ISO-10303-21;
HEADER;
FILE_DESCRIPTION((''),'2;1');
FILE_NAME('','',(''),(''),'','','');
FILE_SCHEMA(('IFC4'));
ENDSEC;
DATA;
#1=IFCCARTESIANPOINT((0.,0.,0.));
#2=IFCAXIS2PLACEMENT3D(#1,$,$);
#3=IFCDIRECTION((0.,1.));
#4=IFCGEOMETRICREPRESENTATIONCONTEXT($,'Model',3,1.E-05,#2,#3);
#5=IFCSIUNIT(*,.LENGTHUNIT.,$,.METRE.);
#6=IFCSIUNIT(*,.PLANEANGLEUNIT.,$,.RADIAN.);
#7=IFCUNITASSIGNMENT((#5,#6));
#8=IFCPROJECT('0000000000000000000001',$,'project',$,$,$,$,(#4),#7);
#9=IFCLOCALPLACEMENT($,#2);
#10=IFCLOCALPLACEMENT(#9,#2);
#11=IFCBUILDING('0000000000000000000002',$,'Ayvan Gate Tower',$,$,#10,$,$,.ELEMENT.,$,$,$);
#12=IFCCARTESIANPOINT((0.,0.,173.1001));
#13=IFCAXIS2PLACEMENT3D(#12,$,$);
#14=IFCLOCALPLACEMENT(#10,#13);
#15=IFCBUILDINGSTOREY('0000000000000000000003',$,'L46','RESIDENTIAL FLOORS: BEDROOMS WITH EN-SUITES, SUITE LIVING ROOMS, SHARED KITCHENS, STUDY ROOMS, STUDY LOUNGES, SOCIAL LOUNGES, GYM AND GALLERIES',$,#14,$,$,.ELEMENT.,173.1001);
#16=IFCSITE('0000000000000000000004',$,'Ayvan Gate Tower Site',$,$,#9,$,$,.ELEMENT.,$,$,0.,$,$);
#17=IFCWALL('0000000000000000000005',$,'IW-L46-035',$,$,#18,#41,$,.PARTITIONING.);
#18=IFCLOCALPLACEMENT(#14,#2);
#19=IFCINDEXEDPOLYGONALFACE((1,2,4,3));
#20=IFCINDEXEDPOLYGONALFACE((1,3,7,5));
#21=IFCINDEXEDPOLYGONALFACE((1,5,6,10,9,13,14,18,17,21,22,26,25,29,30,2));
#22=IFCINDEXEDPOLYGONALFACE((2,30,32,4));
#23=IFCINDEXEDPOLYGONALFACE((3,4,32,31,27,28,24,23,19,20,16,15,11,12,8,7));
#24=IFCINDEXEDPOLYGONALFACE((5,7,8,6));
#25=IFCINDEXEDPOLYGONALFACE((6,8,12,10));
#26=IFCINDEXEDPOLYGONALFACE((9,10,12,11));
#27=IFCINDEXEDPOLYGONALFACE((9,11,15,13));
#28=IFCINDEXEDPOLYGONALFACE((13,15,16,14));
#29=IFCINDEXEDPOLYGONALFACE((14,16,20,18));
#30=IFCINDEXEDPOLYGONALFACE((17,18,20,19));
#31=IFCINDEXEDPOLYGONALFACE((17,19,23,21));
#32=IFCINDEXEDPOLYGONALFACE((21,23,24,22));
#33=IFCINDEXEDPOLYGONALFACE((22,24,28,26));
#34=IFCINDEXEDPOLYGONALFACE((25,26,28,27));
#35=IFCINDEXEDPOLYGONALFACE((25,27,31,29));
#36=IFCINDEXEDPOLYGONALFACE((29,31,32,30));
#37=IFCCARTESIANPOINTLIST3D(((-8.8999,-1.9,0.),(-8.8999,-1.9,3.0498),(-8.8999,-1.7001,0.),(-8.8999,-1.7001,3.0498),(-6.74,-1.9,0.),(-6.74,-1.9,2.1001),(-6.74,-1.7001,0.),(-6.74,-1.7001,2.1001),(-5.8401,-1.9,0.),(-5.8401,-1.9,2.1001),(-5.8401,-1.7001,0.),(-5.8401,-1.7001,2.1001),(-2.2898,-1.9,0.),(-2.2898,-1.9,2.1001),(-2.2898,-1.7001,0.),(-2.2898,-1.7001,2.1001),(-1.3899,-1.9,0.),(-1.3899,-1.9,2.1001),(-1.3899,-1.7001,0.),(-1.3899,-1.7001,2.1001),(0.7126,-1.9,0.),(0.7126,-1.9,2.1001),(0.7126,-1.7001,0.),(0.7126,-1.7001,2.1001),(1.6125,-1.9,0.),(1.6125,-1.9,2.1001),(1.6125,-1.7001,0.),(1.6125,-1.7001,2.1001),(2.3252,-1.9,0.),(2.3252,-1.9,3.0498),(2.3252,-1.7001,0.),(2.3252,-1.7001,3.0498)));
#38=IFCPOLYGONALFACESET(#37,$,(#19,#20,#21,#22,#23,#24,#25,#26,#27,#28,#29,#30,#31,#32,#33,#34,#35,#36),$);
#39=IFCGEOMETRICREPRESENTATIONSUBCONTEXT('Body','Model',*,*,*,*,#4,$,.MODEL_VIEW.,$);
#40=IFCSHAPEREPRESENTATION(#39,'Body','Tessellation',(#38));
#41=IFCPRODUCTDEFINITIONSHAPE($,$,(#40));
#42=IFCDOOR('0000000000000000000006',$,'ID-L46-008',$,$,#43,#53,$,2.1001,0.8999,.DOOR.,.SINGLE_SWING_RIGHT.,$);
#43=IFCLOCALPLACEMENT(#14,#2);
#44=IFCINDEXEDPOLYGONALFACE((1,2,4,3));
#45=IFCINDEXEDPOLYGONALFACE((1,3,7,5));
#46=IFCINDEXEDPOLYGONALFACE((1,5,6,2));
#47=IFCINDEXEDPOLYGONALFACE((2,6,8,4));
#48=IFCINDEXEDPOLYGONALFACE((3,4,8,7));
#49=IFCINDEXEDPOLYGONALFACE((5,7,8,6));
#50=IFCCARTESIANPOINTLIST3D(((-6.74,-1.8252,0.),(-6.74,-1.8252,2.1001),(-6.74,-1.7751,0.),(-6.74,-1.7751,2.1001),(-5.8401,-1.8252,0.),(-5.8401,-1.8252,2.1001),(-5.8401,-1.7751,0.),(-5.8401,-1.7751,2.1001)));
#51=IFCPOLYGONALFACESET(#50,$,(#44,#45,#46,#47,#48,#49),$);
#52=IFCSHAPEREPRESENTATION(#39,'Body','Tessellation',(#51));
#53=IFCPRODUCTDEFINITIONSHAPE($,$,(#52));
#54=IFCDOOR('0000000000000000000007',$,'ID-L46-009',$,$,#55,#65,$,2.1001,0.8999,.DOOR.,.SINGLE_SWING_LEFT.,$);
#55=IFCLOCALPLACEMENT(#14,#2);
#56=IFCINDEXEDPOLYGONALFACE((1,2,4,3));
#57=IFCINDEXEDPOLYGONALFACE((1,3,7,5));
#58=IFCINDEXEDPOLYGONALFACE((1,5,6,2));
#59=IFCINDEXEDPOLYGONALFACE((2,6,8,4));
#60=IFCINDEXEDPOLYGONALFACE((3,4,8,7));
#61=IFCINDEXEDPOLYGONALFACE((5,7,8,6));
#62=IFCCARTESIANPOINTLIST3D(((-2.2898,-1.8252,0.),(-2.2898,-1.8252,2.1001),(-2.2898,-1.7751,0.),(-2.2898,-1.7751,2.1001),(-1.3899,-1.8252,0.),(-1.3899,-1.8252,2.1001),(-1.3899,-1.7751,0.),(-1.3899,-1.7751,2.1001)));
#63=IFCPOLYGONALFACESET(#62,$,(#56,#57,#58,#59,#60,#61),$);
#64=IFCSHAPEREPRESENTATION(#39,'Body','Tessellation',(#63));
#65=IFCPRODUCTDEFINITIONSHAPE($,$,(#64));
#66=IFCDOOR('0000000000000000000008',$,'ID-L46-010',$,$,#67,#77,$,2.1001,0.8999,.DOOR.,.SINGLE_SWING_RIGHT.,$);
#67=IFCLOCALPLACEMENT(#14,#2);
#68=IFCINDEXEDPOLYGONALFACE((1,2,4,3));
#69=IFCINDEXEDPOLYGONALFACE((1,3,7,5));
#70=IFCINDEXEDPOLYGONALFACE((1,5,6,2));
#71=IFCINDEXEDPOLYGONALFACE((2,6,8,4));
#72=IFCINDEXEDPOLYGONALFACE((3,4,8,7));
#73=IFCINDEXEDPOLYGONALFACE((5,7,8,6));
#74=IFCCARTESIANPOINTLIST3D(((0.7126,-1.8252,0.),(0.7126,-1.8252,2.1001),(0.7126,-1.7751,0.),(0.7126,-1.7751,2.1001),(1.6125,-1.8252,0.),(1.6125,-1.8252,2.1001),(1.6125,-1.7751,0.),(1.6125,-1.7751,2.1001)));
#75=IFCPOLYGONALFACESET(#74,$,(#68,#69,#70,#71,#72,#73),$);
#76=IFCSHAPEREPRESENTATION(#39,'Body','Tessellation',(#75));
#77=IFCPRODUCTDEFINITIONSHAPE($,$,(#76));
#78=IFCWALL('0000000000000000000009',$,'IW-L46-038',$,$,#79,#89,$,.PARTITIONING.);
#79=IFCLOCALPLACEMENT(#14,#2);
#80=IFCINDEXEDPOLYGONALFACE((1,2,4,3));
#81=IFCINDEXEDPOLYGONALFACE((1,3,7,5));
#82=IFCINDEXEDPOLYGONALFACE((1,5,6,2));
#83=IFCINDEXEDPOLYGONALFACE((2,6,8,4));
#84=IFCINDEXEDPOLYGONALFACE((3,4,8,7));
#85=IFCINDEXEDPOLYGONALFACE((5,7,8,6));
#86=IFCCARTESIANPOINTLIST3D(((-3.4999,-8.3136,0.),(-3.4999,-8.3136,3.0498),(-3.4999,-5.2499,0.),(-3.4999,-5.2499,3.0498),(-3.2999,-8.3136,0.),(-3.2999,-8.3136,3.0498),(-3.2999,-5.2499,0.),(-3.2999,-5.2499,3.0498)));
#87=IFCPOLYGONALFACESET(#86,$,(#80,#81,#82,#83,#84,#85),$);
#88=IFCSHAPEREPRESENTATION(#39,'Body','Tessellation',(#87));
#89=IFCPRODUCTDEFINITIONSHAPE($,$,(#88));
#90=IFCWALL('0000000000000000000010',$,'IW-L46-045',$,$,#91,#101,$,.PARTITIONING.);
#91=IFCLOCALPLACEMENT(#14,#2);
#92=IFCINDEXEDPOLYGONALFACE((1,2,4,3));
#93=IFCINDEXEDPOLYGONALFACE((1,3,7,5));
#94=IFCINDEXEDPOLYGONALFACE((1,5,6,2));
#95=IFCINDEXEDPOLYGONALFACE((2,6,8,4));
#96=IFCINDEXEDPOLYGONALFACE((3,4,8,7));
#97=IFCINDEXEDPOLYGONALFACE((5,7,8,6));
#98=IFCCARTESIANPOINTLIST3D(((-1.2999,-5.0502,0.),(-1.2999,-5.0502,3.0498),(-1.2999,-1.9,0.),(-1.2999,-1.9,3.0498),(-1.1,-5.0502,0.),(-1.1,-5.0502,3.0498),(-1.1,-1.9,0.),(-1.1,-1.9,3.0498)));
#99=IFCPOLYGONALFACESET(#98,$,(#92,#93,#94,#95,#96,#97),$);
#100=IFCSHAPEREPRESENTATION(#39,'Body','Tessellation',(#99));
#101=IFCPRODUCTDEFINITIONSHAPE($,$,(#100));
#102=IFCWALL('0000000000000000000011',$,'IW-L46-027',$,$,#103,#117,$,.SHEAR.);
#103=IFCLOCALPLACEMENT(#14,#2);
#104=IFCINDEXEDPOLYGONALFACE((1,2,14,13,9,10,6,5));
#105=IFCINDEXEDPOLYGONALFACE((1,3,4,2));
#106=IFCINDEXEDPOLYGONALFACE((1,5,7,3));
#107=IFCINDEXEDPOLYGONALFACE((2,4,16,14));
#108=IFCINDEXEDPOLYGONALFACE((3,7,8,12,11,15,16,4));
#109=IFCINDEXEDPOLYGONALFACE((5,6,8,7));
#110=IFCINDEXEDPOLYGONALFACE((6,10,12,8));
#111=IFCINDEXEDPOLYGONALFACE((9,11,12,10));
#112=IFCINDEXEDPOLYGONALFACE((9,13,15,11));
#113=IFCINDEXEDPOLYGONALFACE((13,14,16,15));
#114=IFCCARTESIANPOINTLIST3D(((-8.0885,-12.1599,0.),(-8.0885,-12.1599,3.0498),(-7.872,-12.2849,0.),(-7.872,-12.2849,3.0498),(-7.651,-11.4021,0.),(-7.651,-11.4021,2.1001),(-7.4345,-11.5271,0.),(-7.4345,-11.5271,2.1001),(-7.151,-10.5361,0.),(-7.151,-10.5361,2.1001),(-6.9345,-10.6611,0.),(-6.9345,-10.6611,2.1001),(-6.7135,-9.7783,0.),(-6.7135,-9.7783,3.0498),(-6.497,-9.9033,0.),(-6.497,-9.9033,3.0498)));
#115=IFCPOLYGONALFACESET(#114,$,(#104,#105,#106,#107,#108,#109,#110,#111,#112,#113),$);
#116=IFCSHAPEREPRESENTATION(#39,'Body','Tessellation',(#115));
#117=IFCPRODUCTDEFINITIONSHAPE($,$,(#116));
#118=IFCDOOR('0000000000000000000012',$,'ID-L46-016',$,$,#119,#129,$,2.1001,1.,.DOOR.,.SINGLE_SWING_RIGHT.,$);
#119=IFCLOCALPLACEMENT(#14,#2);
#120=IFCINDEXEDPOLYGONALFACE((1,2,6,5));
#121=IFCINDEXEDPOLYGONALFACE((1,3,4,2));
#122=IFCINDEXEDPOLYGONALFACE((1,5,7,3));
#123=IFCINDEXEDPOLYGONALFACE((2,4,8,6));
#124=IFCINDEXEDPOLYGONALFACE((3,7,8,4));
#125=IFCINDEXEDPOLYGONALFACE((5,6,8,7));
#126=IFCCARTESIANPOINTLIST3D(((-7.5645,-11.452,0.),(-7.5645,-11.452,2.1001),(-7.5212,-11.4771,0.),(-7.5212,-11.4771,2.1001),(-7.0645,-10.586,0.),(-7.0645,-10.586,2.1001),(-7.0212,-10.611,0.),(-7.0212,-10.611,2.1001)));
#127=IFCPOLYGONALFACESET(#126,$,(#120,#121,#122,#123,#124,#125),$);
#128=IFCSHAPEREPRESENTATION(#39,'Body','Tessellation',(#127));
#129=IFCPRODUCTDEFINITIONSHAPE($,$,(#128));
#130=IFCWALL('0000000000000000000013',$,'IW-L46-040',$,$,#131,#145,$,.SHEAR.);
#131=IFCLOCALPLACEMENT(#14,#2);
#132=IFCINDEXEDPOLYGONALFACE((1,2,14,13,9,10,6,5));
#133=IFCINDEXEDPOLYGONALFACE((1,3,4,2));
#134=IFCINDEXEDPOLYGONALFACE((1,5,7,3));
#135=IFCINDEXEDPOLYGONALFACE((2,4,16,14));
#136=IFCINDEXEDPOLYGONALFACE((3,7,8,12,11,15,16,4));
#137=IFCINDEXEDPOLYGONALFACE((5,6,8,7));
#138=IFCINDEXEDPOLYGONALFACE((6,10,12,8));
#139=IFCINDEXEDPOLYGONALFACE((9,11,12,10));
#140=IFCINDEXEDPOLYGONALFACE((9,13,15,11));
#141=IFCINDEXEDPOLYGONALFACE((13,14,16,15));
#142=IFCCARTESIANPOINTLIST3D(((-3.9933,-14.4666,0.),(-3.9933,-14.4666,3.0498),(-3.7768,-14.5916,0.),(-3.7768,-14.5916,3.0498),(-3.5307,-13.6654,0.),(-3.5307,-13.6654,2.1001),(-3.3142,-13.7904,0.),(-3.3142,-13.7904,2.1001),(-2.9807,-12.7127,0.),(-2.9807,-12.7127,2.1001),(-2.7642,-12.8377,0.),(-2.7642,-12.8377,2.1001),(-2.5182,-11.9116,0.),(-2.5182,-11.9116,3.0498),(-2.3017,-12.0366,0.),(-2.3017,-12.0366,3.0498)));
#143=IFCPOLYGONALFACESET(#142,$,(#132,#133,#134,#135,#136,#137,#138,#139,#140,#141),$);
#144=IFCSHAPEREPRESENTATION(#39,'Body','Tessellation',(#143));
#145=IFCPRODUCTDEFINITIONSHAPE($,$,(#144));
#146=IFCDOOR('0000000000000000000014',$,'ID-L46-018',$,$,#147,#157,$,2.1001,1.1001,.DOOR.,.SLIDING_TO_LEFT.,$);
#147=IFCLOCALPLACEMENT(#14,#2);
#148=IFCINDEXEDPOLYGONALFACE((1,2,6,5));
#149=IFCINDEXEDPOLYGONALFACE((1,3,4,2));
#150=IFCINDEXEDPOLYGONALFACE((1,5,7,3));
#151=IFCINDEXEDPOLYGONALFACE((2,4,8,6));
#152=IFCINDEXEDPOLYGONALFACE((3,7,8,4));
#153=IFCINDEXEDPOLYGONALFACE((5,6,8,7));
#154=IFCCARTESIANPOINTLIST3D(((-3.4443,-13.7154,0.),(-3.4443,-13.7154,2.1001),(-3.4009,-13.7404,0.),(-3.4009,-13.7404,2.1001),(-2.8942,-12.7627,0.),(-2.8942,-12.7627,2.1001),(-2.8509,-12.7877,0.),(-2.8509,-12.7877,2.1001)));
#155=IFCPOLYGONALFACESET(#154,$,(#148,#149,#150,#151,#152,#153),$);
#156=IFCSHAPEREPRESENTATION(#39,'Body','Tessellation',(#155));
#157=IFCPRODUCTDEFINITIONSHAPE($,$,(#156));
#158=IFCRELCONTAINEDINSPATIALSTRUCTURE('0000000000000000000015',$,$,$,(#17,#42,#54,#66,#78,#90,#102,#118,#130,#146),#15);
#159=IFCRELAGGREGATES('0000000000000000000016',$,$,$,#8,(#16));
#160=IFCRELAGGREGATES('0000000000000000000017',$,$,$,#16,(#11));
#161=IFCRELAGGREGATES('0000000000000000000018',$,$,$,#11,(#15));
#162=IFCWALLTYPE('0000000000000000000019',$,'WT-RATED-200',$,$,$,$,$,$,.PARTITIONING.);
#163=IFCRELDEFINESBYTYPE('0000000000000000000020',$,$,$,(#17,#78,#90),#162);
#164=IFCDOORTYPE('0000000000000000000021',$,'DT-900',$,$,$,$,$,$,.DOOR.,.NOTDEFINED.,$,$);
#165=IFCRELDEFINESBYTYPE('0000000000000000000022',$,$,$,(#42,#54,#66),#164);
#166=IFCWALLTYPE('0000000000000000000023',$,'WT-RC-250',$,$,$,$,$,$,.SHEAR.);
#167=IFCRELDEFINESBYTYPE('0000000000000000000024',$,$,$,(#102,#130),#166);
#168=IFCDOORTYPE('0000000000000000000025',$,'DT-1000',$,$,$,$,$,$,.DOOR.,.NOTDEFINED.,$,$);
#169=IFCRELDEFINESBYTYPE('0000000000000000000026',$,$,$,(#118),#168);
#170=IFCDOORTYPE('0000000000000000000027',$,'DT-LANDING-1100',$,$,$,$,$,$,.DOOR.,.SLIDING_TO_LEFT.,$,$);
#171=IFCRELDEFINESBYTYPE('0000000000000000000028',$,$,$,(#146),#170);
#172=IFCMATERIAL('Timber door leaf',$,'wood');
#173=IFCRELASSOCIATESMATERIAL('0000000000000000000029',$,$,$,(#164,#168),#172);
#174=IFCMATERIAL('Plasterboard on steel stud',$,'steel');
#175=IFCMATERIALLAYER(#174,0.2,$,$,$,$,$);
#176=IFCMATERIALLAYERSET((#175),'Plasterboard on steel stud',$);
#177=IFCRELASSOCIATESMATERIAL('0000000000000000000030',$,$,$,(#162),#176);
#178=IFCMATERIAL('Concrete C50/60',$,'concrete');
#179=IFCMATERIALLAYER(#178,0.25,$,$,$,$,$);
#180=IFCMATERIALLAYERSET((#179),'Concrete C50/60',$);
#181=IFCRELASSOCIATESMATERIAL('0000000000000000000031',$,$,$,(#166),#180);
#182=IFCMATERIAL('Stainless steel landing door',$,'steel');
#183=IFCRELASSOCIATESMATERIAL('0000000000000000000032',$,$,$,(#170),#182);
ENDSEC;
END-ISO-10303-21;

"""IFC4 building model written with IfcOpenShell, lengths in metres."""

from ifc_helpers import new_model, si_unit, direction, frame, frame_2d, origin, place, context, subcontext, project, spatial, rectangle, extrude, material, layer, layer_set, type_object, element, fill, save


model = new_model("IFC4")

# Units and contexts
model_context = context("Model", 3, precision=1e-05, world=origin(), true_north=direction((0.0, 1.0)))
body_context = subcontext(model_context, "Body", "Model", "MODEL_VIEW")
ifc_project = project(units=[si_unit("LENGTHUNIT", "METRE"), si_unit("PLANEANGLEUNIT", "RADIAN")], contexts=[model_context])

# Site, building, storey
site_placement = place(None, origin())
site = spatial("IfcSite", under=ifc_project, at=site_placement, Name="Ayvan Gate Tower Site", CompositionType="ELEMENT", RefElevation=0.0)
building_placement = place(site_placement, origin())
building = spatial("IfcBuilding", under=site, at=building_placement, Name="Ayvan Gate Tower", CompositionType="ELEMENT")
storey_placement = place(building_placement, frame((0.0, 0.0, 173.1001)))
storey = spatial("IfcBuildingStorey", under=building, at=storey_placement, Name="L46", Description="RESIDENTIAL FLOORS: BEDROOMS WITH EN-SUITES, SUITE LIVING ROOMS, SHARED KITCHENS, STUDY ROOMS, STUDY LOUNGES, SOCIAL LOUNGES, GYM AND GALLERIES", CompositionType="ELEMENT", Elevation=173.1001)

# Shared definitions
ifc_material_1 = material(Name="Timber door leaf", Category="wood")
door_type_1 = type_object("IfcDoorType", Name="DT-900", OperationType="NOTDEFINED", PredefinedType="DOOR", material=ifc_material_1)

# Shared definitions
ifc_material_2 = material(Name="Plasterboard on steel stud", Category="steel")
ifc_layer_1 = layer(ifc_material_2, 0.2)
ifc_layer_set_1 = layer_set([ifc_layer_1], Name="Plasterboard on steel stud")
wall_type_1 = type_object("IfcWallType", Name="WT-RATED-200", PredefinedType="PARTITIONING", material=ifc_layer_set_1)

# Wall, openings, doors
wall_1_placement = place(storey_placement, frame((-8.8999, -1.8, 0.0), z_axis=(0.0, 0.0, 1.0), x_axis=(1.0, 0.0, 0.0)))
wall_1 = element("IfcWall", 1, at=wall_1_placement, inside=storey, type_object=wall_type_1, Name="IW-L46-035", PredefinedType="PARTITIONING", context=body_context, shape_type="SweptSolid", body=[
    extrude(rectangle(XDim=11.2251, YDim=0.2, at=frame_2d((5.6125, 0.0))), origin(), (0.0, 0.0, 1.0), 3.0498),
])
opening_1_placement = place(wall_1_placement, frame((2.1599, 0.0, 0.0)))
opening_1 = element("IfcOpeningElement", 2, at=opening_1_placement, cuts=wall_1, PredefinedType="OPENING", context=body_context, shape_type="SweptSolid", body=[
    extrude(rectangle(XDim=0.8999, YDim=2.1001, at=frame_2d((0.45, 1.05))), frame((0.0, 0.1099, 0.0), z_axis=(0.0, -1.0, 0.0), x_axis=(1.0, 0.0, 0.0)), (0.0, 0.0, 1.0), 0.22),
])
opening_2_placement = place(wall_1_placement, frame((6.6101, 0.0, 0.0)))
opening_2 = element("IfcOpeningElement", 3, at=opening_2_placement, cuts=wall_1, PredefinedType="OPENING", context=body_context, shape_type="SweptSolid", body=[
    extrude(rectangle(XDim=0.8999, YDim=2.1001, at=frame_2d((0.45, 1.05))), frame((0.0, 0.1099, 0.0), z_axis=(0.0, -1.0, 0.0), x_axis=(1.0, 0.0, 0.0)), (0.0, 0.0, 1.0), 0.22),
])
opening_3_placement = place(wall_1_placement, frame((9.6125, 0.0, 0.0)))
opening_3 = element("IfcOpeningElement", 4, at=opening_3_placement, cuts=wall_1, PredefinedType="OPENING", context=body_context, shape_type="SweptSolid", body=[
    extrude(rectangle(XDim=0.8999, YDim=2.1001, at=frame_2d((0.45, 1.05))), frame((0.0, 0.1099, 0.0), z_axis=(0.0, -1.0, 0.0), x_axis=(1.0, 0.0, 0.0)), (0.0, 0.0, 1.0), 0.22),
])
door_1_placement = place(opening_1_placement, origin())
door_1 = element("IfcDoor", 5, at=door_1_placement, inside=storey, type_object=door_type_1, Name="ID-L46-008", OperationType="SINGLE_SWING_RIGHT", OverallHeight=2.1001, OverallWidth=0.8999, PredefinedType="DOOR", context=body_context, shape_type="SweptSolid", body=[
    extrude(rectangle(XDim=0.8999, YDim=2.1001, at=frame_2d((0.45, 1.05))), frame((0.0, 0.0249, 0.0), z_axis=(0.0, -1.0, 0.0), x_axis=(1.0, 0.0, 0.0)), (0.0, 0.0, 1.0), 0.05),
])
fill(opening_1, door_1)
door_2_placement = place(opening_2_placement, origin())
door_2 = element("IfcDoor", 6, at=door_2_placement, inside=storey, type_object=door_type_1, Name="ID-L46-009", OperationType="SINGLE_SWING_LEFT", OverallHeight=2.1001, OverallWidth=0.8999, PredefinedType="DOOR", context=body_context, shape_type="SweptSolid", body=[
    extrude(rectangle(XDim=0.8999, YDim=2.1001, at=frame_2d((0.45, 1.05))), frame((0.0, 0.0249, 0.0), z_axis=(0.0, -1.0, 0.0), x_axis=(1.0, 0.0, 0.0)), (0.0, 0.0, 1.0), 0.05),
])
fill(opening_2, door_2)
door_3_placement = place(opening_3_placement, origin())
door_3 = element("IfcDoor", 7, at=door_3_placement, inside=storey, type_object=door_type_1, Name="ID-L46-010", OperationType="SINGLE_SWING_RIGHT", OverallHeight=2.1001, OverallWidth=0.8999, PredefinedType="DOOR", context=body_context, shape_type="SweptSolid", body=[
    extrude(rectangle(XDim=0.8999, YDim=2.1001, at=frame_2d((0.45, 1.05))), frame((0.0, 0.0249, 0.0), z_axis=(0.0, -1.0, 0.0), x_axis=(1.0, 0.0, 0.0)), (0.0, 0.0, 1.0), 0.05),
])
fill(opening_3, door_3)

# Walls
wall_2_placement = place(storey_placement, frame((-3.3999, -5.25, 0.0), z_axis=(0.0, 0.0, 1.0), x_axis=(0.0, -1.0, 0.0)))
element("IfcWall", 8, at=wall_2_placement, inside=storey, type_object=wall_type_1, Name="IW-L46-038", PredefinedType="PARTITIONING", context=body_context, shape_type="SweptSolid", body=[
    extrude(rectangle(XDim=3.0637, YDim=0.2, at=frame_2d((1.5317, 0.0))), origin(), (0.0, 0.0, 1.0), 3.0498),
])
wall_3_placement = place(storey_placement, frame((-1.2, -1.8999, 0.0), z_axis=(0.0, 0.0, 1.0), x_axis=(0.0, -1.0, 0.0)))
element("IfcWall", 9, at=wall_3_placement, inside=storey, type_object=wall_type_1, Name="IW-L46-045", PredefinedType="PARTITIONING", context=body_context, shape_type="SweptSolid", body=[
    extrude(rectangle(XDim=3.1501, YDim=0.2, at=frame_2d((1.5752, 0.0))), origin(), (0.0, 0.0, 1.0), 3.0498),
])

# Walls, openings, doors
ifc_material_3 = material(Name="Concrete C50/60", Category="concrete")
ifc_layer_2 = layer(ifc_material_3, 0.25)
ifc_layer_set_2 = layer_set([ifc_layer_2], Name="Concrete C50/60")
wall_type_2 = type_object("IfcWallType", Name="WT-RC-250", PredefinedType="SHEAR", material=ifc_layer_set_2)
wall_4_placement = place(storey_placement, frame((-6.6052, -9.8408, 0.0), z_axis=(0.0, 0.0, 1.0), x_axis=(-0.499997, -0.866027, 0.0)))
wall_4 = element("IfcWall", 10, at=wall_4_placement, inside=storey, type_object=wall_type_2, Name="IW-L46-027", PredefinedType="SHEAR", context=body_context, shape_type="SweptSolid", body=[
    extrude(rectangle(XDim=2.75, YDim=0.25, at=frame_2d((1.375, 0.0))), origin(), (0.0, 0.0, 1.0), 3.0498),
])
opening_4_placement = place(wall_4_placement, frame((0.875, 0.0, 0.0)))
opening_4 = element("IfcOpeningElement", 11, at=opening_4_placement, cuts=wall_4, PredefinedType="OPENING", context=body_context, shape_type="SweptSolid", body=[
    extrude(rectangle(XDim=1.0, YDim=2.1001, at=frame_2d((0.5, 1.05))), frame((0.0, 0.135, 0.0), z_axis=(0.0, -1.0, 0.0), x_axis=(1.0, 0.0, 0.0)), (0.0, 0.0, 1.0), 0.27),
])
door_type_2 = type_object("IfcDoorType", Name="DT-1000", OperationType="NOTDEFINED", PredefinedType="DOOR", material=ifc_material_1)
door_4_placement = place(opening_4_placement, origin())
door_4 = element("IfcDoor", 12, at=door_4_placement, inside=storey, type_object=door_type_2, Name="ID-L46-016", OperationType="SINGLE_SWING_RIGHT", OverallHeight=2.1001, OverallWidth=1.0, PredefinedType="DOOR", context=body_context, shape_type="SweptSolid", body=[
    extrude(rectangle(XDim=1.0, YDim=2.1001, at=frame_2d((0.5, 1.05))), frame((0.0, 0.0249, 0.0), z_axis=(0.0, -1.0, 0.0), x_axis=(1.0, 0.0, 0.0)), (0.0, 0.0, 1.0), 0.05),
])
fill(opening_4, door_4)
wall_5_placement = place(storey_placement, frame((-2.4099, -11.9741, 0.0), z_axis=(0.0, 0.0, 1.0), x_axis=(-0.500002, -0.866024, 0.0)))
wall_5 = element("IfcWall", 13, at=wall_5_placement, inside=storey, type_object=wall_type_2, Name="IW-L46-040", PredefinedType="SHEAR", context=body_context, shape_type="SweptSolid", body=[
    extrude(rectangle(XDim=2.9502, YDim=0.25, at=frame_2d((1.4751, 0.0))), origin(), (0.0, 0.0, 1.0), 3.0498),
])
opening_5_placement = place(wall_5_placement, frame((0.925, 0.0, 0.0)))
opening_5 = element("IfcOpeningElement", 14, at=opening_5_placement, cuts=wall_5, PredefinedType="OPENING", context=body_context, shape_type="SweptSolid", body=[
    extrude(rectangle(XDim=1.1001, YDim=2.1001, at=frame_2d((0.55, 1.05))), frame((0.0, 0.135, 0.0), z_axis=(0.0, -1.0, 0.0), x_axis=(1.0, 0.0, 0.0)), (0.0, 0.0, 1.0), 0.27),
])
ifc_material_4 = material(Name="Stainless steel landing door", Category="steel")
door_type_3 = type_object("IfcDoorType", Name="DT-LANDING-1100", OperationType="SLIDING_TO_LEFT", PredefinedType="DOOR", material=ifc_material_4)
door_5_placement = place(opening_5_placement, origin())
door_5 = element("IfcDoor", 15, at=door_5_placement, inside=storey, type_object=door_type_3, Name="ID-L46-018", OperationType="SLIDING_TO_LEFT", OverallHeight=2.1001, OverallWidth=1.1001, PredefinedType="DOOR", context=body_context, shape_type="SweptSolid", body=[
    extrude(rectangle(XDim=1.1001, YDim=2.1001, at=frame_2d((0.55, 1.05))), frame((0.0, 0.0249, 0.0), z_axis=(0.0, -1.0, 0.0), x_axis=(1.0, 0.0, 0.0)), (0.0, 0.0, 1.0), 0.05),
])
fill(opening_5, door_5)

save(model, "model.ifc")
